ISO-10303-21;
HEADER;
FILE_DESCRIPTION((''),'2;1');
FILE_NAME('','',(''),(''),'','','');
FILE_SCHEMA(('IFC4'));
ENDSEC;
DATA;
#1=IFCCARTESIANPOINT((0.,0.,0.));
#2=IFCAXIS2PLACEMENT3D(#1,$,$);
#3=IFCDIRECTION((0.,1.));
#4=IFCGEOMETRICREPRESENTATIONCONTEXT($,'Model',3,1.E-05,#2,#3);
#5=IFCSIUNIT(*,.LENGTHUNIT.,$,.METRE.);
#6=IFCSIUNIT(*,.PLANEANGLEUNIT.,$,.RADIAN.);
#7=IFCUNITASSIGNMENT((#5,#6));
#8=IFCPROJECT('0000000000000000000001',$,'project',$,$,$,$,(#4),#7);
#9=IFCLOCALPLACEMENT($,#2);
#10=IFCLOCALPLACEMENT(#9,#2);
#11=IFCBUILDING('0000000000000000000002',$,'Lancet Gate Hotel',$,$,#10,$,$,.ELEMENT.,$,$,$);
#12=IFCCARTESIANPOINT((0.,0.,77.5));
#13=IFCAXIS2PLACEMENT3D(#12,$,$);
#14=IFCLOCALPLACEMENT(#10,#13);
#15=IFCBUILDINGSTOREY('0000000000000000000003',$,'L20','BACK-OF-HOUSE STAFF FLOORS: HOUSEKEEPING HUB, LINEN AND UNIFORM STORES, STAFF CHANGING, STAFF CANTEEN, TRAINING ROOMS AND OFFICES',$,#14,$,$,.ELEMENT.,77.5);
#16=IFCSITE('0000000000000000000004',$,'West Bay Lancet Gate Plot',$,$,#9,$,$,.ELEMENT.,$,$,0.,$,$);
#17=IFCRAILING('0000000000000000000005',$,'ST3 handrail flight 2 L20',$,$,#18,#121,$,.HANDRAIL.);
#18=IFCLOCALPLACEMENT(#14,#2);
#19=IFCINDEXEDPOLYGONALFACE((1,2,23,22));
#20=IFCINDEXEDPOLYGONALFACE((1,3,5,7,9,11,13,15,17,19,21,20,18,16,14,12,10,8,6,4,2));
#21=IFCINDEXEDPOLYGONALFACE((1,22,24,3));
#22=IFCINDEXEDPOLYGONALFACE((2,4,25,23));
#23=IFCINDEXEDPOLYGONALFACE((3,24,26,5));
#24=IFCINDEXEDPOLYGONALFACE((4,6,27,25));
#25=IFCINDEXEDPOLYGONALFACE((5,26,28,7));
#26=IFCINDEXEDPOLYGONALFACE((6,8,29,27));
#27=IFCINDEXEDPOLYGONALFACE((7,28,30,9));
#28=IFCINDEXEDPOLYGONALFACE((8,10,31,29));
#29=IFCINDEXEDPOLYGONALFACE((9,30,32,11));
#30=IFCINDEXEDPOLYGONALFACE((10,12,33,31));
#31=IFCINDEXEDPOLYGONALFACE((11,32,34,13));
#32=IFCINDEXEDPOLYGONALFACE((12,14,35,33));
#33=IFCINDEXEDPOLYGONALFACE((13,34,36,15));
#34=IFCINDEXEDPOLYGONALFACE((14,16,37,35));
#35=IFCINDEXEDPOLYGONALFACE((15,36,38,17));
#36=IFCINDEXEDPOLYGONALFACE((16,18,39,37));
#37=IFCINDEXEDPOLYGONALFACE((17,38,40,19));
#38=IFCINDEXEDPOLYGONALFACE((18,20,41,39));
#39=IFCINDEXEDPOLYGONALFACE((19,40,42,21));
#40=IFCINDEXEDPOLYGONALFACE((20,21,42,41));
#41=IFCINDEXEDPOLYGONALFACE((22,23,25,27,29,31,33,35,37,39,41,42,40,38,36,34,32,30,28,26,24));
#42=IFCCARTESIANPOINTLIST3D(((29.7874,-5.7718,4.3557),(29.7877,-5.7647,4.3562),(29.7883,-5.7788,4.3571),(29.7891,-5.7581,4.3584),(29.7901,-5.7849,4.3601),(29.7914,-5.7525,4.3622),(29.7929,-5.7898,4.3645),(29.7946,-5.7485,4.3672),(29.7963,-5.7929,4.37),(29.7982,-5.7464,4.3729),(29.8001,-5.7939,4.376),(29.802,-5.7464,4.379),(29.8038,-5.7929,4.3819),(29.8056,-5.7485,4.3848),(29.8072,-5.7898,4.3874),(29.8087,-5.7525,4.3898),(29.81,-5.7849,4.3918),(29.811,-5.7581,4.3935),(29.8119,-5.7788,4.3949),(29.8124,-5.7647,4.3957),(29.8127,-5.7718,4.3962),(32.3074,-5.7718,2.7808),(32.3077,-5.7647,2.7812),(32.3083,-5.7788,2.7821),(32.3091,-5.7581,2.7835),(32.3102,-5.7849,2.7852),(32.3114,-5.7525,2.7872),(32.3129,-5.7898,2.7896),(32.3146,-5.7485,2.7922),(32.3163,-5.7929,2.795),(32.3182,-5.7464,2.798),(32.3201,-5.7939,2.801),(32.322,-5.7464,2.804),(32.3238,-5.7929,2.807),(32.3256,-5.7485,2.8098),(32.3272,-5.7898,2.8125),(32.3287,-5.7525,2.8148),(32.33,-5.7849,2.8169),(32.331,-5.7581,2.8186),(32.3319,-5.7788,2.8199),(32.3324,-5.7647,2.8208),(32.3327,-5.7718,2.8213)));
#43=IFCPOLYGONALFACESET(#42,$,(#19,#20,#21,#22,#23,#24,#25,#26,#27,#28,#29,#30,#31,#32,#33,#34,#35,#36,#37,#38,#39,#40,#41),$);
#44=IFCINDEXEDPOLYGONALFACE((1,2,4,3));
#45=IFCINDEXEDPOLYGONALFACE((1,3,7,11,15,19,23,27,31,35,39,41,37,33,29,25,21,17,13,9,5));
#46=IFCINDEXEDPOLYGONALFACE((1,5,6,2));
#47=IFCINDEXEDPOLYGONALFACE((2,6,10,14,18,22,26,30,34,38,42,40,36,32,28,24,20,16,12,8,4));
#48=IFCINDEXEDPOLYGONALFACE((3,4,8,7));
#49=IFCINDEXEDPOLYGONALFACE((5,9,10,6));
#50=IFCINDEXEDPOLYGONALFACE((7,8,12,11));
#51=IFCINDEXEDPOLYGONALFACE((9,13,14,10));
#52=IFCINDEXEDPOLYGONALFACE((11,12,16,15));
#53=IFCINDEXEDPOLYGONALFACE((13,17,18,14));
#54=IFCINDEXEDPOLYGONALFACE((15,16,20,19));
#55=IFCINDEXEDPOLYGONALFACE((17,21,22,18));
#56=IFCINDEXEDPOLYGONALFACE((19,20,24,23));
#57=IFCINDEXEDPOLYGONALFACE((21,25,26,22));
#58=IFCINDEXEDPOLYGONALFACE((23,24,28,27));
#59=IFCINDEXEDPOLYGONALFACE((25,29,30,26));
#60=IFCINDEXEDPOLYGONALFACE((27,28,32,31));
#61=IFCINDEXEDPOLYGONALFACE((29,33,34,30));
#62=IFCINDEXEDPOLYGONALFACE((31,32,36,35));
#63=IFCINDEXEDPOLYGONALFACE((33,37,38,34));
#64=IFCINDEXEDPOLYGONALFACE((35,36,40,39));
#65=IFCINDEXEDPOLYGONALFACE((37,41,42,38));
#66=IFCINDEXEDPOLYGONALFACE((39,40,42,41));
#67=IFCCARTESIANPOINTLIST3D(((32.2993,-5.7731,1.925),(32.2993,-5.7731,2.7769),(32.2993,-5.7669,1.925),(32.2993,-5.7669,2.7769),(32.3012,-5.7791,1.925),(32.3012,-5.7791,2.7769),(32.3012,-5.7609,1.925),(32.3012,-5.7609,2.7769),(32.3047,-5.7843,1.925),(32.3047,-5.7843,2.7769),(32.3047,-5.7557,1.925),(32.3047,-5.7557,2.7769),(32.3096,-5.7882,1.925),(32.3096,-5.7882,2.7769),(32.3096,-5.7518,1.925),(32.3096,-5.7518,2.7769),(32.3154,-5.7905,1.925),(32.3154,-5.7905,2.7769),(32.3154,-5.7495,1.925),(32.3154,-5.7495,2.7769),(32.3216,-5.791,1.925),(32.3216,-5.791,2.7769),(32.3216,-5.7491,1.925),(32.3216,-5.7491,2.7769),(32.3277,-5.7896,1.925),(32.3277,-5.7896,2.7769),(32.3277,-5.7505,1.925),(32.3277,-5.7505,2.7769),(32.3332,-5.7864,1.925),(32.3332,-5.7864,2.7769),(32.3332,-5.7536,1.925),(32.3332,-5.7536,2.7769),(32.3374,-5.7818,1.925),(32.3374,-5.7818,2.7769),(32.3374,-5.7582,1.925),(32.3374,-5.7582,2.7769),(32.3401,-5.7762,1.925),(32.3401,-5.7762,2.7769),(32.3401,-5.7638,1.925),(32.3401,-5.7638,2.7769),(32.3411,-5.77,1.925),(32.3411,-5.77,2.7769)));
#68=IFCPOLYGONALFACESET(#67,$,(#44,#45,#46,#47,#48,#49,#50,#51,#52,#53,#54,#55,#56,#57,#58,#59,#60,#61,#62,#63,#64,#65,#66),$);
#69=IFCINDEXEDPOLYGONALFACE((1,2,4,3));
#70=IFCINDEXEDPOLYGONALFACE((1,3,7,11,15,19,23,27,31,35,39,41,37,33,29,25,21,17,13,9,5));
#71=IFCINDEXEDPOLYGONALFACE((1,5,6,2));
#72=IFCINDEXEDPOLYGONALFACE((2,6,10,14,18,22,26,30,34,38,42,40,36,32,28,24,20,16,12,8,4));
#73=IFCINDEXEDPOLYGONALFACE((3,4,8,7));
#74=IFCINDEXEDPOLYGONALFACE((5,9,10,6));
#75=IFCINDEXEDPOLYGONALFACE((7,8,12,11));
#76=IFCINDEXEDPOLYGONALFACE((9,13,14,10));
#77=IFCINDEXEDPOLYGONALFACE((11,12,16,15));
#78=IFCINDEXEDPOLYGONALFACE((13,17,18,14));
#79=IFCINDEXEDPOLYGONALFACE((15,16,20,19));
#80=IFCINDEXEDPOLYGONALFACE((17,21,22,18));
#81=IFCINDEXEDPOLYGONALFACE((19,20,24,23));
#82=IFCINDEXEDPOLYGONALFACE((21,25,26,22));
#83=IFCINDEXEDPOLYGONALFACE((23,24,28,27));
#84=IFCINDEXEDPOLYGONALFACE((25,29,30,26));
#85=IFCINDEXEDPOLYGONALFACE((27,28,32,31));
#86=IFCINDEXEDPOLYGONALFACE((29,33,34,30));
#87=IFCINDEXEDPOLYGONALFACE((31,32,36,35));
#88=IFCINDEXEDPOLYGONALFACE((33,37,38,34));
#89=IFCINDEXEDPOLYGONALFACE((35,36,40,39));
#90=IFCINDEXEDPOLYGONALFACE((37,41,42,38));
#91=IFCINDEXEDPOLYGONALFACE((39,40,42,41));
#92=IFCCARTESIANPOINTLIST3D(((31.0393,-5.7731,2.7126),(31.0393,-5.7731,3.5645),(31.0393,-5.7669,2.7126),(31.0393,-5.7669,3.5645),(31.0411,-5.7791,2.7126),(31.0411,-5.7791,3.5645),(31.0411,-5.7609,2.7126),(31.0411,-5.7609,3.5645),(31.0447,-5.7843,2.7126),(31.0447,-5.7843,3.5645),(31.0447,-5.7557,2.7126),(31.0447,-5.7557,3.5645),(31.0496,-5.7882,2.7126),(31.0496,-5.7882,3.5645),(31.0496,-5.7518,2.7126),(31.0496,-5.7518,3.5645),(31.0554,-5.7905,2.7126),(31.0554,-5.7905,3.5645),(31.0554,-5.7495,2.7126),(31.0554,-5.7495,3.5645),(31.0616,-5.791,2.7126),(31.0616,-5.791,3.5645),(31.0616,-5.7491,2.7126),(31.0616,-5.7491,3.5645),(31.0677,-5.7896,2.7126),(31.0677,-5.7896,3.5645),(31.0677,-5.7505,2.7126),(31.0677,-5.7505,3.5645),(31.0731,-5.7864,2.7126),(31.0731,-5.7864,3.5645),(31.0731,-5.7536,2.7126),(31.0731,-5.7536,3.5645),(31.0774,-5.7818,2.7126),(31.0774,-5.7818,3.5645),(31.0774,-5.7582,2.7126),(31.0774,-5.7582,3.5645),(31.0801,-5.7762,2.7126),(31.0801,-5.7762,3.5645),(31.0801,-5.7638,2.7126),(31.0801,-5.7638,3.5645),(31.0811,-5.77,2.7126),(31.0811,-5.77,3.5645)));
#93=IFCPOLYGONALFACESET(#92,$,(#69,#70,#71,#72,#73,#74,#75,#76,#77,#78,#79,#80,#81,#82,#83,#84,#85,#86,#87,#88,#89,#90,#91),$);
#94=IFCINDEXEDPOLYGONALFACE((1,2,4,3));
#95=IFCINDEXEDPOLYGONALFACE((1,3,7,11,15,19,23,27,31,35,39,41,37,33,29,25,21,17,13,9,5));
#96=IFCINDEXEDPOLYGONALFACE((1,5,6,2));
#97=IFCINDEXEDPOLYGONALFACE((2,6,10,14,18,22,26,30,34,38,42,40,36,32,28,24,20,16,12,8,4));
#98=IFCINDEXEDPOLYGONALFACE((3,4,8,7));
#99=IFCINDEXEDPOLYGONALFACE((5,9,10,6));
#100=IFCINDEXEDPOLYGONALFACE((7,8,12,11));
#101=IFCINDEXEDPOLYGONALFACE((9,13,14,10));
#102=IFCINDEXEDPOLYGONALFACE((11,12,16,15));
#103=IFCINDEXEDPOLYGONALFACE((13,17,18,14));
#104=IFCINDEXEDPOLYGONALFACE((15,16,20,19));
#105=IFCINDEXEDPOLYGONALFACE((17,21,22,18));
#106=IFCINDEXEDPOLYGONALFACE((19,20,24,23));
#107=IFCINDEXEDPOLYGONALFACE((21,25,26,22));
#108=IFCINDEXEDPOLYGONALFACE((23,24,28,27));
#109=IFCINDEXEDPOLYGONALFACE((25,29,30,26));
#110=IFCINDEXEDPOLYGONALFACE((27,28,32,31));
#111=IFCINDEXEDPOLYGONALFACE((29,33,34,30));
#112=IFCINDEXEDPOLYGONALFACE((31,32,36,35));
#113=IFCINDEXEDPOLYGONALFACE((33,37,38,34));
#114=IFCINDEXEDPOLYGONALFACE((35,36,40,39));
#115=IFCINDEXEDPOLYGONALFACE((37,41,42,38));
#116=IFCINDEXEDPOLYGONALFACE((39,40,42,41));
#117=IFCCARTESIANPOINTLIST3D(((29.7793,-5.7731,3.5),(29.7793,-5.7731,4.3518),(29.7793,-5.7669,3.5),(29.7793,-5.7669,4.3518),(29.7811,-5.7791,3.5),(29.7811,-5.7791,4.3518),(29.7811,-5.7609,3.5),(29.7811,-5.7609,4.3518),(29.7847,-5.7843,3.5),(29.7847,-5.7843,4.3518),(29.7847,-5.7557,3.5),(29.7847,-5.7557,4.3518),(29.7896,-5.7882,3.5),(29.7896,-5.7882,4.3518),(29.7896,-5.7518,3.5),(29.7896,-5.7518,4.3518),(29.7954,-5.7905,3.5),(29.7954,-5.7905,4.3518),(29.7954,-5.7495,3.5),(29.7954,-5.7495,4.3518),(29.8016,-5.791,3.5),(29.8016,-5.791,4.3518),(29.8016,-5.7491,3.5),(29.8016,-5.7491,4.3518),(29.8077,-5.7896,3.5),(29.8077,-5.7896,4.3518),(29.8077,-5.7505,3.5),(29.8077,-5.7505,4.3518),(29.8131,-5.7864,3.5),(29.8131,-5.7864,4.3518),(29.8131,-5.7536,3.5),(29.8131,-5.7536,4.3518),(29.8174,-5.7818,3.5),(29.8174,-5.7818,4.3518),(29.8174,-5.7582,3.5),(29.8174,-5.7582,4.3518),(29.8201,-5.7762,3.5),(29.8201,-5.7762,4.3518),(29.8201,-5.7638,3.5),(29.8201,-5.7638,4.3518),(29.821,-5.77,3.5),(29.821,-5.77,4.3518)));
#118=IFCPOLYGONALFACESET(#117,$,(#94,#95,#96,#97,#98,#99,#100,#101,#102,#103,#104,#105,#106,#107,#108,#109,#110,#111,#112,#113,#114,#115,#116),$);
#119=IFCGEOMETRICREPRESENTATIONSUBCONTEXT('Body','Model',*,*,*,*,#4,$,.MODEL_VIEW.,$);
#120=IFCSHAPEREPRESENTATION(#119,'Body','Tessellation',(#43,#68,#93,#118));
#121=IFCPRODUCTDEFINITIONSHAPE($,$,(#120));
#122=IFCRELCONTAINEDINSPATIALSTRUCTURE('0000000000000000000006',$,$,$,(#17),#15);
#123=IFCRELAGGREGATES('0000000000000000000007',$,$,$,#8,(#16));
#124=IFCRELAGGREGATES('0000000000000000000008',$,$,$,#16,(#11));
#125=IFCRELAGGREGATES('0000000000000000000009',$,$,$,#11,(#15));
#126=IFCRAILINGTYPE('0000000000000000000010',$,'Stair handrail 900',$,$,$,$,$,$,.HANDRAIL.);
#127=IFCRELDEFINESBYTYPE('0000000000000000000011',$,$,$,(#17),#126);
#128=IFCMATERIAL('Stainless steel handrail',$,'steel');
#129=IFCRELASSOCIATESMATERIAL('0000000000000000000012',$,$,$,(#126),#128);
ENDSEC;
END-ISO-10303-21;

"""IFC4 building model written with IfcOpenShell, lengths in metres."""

from ifc_helpers import new_model, si_unit, direction, frame, origin, origin_2d, place, context, subcontext, project, spatial, circle, extrude, material, type_object, element, save


model = new_model("IFC4")

# Units and contexts
model_context = context("Model", 3, precision=1e-05, world=origin(), true_north=direction((0.0, 1.0)))
body_context = subcontext(model_context, "Body", "Model", "MODEL_VIEW")
ifc_project = project(units=[si_unit("LENGTHUNIT", "METRE"), si_unit("PLANEANGLEUNIT", "RADIAN")], contexts=[model_context])

# Site, building, storey
site_placement = place(None, origin())
site = spatial("IfcSite", under=ifc_project, at=site_placement, Name="West Bay Lancet Gate Plot", CompositionType="ELEMENT", RefElevation=0.0)
building_placement = place(site_placement, origin())
building = spatial("IfcBuilding", under=site, at=building_placement, Name="Lancet Gate Hotel", CompositionType="ELEMENT")
storey_placement = place(building_placement, frame((0.0, 0.0, 77.5)))
storey = spatial("IfcBuildingStorey", under=building, at=storey_placement, Name="L20", Description="BACK-OF-HOUSE STAFF FLOORS: HOUSEKEEPING HUB, LINEN AND UNIFORM STORES, STAFF CHANGING, STAFF CANTEEN, TRAINING ROOMS AND OFFICES", CompositionType="ELEMENT", Elevation=77.5)

# Railing
ifc_material_1 = material(Name="Stainless steel handrail", Category="steel")
railing_type = type_object("IfcRailingType", Name="Stair handrail 900", PredefinedType="HANDRAIL", material=ifc_material_1)
railing_1_placement = place(storey_placement, frame((32.3201, -5.77, 1.925)))
element("IfcRailing", 1, at=railing_1_placement, inside=storey, type_object=railing_type, Name="ST3 handrail flight 2 L20", PredefinedType="HANDRAIL", context=body_context, shape_type="SweptSolid", body=[
    extrude(circle(Radius=0.0239, at=origin_2d()), frame((0.0, 0.0, 0.876), z_axis=(-0.848008, 0.0, 0.529984), x_axis=(0.0, -1.0, 0.0)), (0.0, 0.0, 1.0), 2.9717),
    extrude(circle(Radius=0.021, at=origin_2d()), origin(), (0.0, 0.0, 1.0), 0.8518),
    extrude(circle(Radius=0.021, at=origin_2d()), frame((-1.26, 0.0, 0.7876)), (0.0, 0.0, 1.0), 0.8518),
    extrude(circle(Radius=0.021, at=origin_2d()), frame((-2.52, 0.0, 1.575)), (0.0, 0.0, 1.0), 0.8518),
])

save(model, "model.ifc")
